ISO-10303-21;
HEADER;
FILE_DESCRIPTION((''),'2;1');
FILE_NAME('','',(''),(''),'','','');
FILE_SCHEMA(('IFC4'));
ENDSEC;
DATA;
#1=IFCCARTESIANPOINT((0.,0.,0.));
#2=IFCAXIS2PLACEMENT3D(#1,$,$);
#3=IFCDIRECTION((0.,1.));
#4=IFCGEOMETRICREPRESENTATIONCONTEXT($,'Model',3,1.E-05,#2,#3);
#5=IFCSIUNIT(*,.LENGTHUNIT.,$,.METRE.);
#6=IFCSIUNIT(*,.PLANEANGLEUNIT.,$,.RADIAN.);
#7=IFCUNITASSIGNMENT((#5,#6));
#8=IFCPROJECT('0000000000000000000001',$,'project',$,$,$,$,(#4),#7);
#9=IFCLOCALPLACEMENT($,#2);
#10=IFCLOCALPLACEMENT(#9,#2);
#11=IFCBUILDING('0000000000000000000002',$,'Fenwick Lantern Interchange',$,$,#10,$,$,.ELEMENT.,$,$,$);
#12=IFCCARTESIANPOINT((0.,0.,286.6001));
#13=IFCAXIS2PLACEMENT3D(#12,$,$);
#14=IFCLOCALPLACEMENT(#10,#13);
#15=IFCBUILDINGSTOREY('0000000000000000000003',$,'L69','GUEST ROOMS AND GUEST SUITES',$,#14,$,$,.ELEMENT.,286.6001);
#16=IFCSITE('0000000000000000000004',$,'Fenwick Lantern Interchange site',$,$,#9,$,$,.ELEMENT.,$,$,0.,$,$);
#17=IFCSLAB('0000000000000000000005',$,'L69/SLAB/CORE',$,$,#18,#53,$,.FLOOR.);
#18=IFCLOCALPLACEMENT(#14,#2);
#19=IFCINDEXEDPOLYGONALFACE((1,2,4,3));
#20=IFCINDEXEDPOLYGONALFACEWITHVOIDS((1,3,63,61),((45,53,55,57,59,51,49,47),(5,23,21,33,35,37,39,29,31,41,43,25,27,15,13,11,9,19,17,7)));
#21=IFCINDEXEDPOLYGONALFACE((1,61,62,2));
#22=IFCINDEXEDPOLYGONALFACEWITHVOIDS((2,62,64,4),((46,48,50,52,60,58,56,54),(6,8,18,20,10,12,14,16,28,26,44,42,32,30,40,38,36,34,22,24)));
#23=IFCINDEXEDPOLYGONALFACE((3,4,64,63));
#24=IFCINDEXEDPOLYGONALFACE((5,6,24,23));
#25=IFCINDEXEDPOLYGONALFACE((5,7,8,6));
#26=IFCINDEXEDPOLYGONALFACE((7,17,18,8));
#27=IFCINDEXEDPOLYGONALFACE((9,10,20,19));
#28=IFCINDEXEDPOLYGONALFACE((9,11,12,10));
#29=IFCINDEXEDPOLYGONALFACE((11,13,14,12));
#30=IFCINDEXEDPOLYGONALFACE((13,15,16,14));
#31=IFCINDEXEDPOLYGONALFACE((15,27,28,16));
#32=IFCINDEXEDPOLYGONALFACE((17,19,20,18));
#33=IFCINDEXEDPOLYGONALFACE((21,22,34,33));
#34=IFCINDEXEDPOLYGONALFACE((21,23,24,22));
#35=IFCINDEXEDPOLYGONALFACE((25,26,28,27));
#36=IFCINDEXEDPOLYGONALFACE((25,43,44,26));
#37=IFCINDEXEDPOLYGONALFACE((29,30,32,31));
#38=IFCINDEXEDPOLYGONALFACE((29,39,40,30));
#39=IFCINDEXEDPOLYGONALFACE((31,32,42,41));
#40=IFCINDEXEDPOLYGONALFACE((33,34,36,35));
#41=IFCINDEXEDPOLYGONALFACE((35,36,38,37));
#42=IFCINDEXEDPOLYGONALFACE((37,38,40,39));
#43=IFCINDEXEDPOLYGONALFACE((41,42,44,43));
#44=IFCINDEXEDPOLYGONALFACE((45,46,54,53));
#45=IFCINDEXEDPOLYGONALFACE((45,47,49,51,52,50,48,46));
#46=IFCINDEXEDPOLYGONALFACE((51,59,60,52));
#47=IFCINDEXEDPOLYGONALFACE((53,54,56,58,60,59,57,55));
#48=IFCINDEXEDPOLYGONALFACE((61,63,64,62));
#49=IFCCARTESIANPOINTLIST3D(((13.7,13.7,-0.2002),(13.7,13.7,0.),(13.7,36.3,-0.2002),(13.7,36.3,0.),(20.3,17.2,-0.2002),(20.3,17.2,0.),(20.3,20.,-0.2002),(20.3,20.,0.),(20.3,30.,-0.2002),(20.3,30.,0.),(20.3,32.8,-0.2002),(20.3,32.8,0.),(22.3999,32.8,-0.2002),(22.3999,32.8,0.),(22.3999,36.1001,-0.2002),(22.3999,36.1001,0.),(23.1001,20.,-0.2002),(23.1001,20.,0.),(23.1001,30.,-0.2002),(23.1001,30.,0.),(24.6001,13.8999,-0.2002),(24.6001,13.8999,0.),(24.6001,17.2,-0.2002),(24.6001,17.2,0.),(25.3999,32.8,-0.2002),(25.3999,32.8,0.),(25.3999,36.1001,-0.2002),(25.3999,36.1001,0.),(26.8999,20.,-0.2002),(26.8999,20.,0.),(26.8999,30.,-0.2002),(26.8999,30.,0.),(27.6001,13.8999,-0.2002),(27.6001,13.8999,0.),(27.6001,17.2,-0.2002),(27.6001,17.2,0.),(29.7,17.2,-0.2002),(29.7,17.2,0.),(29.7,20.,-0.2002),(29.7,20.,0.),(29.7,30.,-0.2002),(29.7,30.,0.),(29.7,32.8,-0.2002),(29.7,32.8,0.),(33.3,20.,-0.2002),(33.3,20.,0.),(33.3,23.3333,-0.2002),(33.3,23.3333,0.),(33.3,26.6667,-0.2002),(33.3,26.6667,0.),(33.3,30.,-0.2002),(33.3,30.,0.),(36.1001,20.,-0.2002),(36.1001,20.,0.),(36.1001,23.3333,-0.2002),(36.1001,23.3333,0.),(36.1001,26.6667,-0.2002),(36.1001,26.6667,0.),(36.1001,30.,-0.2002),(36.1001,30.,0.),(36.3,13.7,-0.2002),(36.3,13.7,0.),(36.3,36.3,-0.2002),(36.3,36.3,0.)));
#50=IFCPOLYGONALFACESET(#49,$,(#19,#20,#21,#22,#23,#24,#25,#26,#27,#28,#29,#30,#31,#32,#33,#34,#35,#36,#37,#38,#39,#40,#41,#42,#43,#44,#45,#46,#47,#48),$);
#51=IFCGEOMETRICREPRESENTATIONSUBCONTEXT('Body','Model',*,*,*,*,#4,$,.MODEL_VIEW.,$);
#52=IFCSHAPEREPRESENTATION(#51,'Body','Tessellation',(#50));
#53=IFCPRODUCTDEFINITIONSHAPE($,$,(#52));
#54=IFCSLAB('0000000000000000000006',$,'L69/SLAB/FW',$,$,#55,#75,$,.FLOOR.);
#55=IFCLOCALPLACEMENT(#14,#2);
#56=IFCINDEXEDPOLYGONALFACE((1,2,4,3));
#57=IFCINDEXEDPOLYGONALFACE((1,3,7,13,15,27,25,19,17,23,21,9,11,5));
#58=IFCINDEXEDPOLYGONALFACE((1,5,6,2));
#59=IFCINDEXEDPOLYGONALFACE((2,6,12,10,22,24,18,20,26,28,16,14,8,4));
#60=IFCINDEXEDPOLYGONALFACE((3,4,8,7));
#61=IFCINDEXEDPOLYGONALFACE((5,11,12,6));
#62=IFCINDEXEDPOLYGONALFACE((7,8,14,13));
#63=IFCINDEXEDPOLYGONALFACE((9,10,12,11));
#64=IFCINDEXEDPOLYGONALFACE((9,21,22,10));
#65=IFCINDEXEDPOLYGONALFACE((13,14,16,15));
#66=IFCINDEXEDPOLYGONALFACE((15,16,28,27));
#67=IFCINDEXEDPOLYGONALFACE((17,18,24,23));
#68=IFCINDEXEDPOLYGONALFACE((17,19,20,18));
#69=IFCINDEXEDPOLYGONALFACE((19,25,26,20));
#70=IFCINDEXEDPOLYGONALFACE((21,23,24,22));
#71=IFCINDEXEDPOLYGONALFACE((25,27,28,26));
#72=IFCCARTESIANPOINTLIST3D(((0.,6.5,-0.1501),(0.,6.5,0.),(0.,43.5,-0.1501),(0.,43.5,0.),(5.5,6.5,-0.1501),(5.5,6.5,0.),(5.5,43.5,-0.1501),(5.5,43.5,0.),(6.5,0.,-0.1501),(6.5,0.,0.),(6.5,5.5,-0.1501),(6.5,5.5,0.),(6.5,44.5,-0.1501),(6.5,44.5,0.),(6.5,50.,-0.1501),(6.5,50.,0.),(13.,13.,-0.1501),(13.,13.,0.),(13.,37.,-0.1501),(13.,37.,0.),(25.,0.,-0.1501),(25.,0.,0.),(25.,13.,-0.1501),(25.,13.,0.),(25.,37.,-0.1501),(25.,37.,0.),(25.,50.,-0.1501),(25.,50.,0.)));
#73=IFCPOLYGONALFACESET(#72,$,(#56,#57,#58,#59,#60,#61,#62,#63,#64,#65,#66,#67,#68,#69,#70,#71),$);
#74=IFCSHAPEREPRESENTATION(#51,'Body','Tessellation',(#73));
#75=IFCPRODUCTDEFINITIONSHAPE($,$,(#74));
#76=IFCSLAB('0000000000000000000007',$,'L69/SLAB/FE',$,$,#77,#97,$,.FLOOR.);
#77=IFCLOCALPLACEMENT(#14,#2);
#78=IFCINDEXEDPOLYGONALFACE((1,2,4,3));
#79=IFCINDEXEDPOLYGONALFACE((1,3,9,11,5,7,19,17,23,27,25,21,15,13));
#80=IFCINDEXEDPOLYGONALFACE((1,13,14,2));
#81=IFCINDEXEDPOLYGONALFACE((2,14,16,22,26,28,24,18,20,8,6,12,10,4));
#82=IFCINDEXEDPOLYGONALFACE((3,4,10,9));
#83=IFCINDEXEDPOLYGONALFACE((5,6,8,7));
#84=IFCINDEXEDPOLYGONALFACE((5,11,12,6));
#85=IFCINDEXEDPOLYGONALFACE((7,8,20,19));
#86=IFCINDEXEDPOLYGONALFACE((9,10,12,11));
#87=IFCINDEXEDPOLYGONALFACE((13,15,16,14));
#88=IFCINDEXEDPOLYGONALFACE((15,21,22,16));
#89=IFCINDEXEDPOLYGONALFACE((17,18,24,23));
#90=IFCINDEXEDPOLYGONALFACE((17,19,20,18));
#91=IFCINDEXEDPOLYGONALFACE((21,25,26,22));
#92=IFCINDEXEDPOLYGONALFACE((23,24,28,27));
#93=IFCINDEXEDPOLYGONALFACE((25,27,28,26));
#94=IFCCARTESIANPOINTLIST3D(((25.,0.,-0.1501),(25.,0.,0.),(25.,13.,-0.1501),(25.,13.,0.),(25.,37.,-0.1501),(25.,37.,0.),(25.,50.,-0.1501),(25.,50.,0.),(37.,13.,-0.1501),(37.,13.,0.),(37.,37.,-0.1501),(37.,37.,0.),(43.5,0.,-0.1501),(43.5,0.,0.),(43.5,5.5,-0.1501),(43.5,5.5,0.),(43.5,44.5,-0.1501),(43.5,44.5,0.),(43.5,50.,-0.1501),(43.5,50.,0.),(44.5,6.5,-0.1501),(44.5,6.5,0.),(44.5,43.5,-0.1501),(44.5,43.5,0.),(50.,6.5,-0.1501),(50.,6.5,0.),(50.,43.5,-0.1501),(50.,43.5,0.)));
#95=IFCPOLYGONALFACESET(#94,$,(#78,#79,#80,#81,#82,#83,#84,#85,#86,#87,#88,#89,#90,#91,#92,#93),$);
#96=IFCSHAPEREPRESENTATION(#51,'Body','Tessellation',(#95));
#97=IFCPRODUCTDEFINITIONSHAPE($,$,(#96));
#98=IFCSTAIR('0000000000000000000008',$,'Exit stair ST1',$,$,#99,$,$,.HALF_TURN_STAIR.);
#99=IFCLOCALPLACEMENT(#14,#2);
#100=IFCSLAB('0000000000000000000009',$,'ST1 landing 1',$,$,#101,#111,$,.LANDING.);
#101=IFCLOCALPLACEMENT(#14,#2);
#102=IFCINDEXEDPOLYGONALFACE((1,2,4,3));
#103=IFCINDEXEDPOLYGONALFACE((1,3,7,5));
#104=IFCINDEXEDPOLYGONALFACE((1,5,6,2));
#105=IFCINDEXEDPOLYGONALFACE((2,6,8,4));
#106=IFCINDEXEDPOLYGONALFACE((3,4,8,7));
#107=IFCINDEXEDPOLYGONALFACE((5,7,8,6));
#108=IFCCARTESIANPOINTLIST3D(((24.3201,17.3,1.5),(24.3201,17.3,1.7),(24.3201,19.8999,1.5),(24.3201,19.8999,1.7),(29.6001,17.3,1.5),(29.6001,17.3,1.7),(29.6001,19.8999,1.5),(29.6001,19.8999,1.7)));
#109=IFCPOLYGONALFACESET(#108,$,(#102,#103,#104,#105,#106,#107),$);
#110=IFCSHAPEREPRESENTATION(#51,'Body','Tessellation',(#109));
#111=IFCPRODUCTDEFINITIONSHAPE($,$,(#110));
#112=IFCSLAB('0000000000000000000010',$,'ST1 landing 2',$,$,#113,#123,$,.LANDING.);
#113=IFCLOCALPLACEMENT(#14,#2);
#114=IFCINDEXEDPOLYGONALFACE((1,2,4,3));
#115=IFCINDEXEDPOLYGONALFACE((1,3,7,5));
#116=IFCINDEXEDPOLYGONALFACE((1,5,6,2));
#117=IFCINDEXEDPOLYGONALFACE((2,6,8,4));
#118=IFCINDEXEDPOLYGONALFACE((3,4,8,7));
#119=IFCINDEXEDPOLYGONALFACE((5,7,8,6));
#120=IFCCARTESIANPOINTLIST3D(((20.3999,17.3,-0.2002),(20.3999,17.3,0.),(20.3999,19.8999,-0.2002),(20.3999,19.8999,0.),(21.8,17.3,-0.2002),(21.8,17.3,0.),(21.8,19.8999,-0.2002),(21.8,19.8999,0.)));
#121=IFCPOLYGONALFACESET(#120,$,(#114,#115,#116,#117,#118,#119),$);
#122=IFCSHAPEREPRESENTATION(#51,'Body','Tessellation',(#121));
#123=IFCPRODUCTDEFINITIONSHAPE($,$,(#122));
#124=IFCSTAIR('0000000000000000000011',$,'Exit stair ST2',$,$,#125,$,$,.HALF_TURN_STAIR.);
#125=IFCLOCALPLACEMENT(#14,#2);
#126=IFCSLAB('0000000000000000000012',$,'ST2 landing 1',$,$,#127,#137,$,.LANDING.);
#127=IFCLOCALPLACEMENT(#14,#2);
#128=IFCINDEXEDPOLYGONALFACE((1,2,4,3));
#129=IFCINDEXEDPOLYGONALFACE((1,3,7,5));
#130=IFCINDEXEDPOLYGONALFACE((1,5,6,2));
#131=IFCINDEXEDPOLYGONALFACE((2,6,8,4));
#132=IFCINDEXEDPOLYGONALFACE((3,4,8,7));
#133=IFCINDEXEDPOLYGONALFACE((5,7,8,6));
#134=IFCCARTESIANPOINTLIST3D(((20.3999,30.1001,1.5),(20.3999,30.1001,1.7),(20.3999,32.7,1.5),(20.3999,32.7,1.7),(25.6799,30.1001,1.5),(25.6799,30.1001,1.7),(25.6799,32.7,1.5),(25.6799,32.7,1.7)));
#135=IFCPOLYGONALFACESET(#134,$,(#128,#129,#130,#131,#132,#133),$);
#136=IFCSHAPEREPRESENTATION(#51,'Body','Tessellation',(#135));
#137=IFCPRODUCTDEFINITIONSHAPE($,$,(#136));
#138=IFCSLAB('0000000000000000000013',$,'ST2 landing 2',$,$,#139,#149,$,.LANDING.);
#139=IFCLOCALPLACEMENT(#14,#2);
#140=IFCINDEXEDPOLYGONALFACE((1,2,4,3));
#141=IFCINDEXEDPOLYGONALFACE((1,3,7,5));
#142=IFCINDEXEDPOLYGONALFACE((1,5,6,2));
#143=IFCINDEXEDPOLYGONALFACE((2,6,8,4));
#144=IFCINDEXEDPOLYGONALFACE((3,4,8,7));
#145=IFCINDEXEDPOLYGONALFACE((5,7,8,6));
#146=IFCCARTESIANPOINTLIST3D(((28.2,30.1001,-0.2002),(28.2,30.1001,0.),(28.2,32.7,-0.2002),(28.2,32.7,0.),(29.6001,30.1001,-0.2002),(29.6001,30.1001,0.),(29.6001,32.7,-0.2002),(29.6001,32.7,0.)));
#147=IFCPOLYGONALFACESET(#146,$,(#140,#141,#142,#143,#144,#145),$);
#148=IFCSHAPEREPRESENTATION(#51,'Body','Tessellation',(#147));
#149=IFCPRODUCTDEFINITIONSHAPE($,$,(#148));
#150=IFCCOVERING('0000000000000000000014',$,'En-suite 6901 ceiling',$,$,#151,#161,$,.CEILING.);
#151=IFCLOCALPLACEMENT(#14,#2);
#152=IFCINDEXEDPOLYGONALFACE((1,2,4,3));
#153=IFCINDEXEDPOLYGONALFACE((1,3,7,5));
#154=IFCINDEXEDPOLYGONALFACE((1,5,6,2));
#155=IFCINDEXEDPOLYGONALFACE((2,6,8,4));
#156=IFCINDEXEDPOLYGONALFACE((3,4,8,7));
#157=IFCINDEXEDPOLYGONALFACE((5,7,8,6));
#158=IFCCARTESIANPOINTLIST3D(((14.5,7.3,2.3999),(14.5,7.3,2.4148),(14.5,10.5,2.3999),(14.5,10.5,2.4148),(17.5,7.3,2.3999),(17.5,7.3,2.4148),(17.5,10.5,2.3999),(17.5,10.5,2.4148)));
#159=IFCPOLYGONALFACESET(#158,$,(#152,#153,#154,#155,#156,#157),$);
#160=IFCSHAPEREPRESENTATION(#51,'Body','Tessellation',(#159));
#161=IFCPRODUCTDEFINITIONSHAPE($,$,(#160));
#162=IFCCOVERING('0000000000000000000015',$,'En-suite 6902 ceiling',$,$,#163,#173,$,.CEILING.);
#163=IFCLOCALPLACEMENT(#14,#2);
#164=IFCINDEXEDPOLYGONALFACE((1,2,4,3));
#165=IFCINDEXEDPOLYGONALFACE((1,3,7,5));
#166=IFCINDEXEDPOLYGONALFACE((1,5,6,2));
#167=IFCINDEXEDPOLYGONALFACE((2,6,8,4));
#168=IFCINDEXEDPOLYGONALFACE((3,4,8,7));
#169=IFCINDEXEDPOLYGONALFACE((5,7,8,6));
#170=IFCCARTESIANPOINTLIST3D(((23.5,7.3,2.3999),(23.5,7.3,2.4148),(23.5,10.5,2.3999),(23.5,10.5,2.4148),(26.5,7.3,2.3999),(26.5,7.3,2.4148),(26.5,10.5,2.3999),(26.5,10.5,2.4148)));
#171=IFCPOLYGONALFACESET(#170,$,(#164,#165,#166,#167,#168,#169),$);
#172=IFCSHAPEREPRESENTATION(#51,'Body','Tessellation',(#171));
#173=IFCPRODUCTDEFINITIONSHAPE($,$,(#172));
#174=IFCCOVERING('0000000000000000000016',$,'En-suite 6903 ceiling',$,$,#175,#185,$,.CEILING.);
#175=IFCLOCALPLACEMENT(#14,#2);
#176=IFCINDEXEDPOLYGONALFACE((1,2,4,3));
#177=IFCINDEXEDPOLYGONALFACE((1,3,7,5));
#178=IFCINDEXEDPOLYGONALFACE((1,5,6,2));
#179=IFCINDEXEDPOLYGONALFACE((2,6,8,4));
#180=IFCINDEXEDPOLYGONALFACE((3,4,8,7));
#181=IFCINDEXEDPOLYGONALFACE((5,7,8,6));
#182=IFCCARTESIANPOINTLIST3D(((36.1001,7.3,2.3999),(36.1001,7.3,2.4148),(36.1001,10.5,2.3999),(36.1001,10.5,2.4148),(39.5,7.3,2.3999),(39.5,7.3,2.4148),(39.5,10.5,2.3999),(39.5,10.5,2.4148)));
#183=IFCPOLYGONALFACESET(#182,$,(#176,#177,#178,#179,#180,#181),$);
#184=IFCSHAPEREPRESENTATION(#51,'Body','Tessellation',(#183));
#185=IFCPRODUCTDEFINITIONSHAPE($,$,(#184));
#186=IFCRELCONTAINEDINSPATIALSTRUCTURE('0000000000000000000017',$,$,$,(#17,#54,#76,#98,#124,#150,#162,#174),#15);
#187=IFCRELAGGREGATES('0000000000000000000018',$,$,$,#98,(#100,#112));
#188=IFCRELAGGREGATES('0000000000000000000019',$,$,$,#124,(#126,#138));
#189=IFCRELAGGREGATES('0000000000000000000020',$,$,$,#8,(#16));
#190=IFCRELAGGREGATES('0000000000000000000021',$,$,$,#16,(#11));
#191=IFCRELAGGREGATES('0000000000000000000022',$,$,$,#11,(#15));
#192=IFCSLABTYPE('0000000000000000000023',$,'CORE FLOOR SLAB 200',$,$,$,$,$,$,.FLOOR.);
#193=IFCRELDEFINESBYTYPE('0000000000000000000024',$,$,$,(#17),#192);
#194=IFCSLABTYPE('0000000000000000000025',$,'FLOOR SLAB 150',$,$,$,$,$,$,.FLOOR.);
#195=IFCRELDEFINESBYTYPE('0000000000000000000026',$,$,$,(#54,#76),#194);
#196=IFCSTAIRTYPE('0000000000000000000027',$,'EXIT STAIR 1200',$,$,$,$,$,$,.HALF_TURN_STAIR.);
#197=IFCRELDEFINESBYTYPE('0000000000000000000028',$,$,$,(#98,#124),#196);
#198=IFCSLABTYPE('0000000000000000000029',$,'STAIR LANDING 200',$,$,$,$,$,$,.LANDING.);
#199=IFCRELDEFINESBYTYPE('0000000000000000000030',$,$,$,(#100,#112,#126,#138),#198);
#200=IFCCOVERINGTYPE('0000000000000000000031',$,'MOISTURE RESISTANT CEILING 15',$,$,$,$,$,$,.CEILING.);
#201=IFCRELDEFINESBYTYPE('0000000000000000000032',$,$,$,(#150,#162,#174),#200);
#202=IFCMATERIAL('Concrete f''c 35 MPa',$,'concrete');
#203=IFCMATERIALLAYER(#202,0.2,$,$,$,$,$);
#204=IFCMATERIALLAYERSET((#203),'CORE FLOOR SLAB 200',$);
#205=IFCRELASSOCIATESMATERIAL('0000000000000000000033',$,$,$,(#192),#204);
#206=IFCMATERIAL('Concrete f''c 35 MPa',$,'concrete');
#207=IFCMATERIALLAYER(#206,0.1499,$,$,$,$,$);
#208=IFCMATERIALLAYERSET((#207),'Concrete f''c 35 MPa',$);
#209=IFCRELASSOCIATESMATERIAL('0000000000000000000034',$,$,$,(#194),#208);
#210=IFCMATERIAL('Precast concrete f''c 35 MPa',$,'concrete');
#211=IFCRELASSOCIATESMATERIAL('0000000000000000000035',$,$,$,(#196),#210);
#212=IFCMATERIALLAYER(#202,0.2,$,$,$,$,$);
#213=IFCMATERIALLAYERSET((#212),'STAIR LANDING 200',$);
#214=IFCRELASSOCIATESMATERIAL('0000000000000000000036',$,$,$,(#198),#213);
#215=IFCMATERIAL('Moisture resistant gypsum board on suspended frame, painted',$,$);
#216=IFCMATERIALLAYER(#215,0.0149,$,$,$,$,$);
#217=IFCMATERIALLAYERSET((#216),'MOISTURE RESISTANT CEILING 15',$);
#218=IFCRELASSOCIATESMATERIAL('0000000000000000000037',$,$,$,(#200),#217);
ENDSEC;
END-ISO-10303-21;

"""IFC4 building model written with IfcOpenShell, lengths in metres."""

from ifc_helpers import new_model, si_unit, direction, frame, origin, place, context, subcontext, project, spatial, polyline, outline, extrude, material, layer, layer_set, type_object, element, aggregate, save


model = new_model("IFC4")

# Units and contexts
model_context = context("Model", 3, precision=1e-05, world=origin(), true_north=direction((0.0, 1.0)))
body_context = subcontext(model_context, "Body", "Model", "MODEL_VIEW")
ifc_project = project(units=[si_unit("LENGTHUNIT", "METRE"), si_unit("PLANEANGLEUNIT", "RADIAN")], contexts=[model_context])

# Site, building, storey
site_placement = place(None, origin())
site = spatial("IfcSite", under=ifc_project, at=site_placement, Name="Fenwick Lantern Interchange site", CompositionType="ELEMENT", RefElevation=0.0)
building_placement = place(site_placement, origin())
building = spatial("IfcBuilding", under=site, at=building_placement, Name="Fenwick Lantern Interchange", CompositionType="ELEMENT")
storey_placement = place(building_placement, frame((0.0, 0.0, 286.6001)))
storey = spatial("IfcBuildingStorey", under=building, at=storey_placement, Name="L69", Description="GUEST ROOMS AND GUEST SUITES", CompositionType="ELEMENT", Elevation=286.6001)

# Slabs
ifc_material_1 = material(Name="Concrete f'c 35 MPa", Category="concrete")
ifc_layer_1 = layer(ifc_material_1, 0.2)
ifc_layer_set_1 = layer_set([ifc_layer_1], Name="CORE FLOOR SLAB 200")
slab_type_1 = type_object("IfcSlabType", Name="CORE FLOOR SLAB 200", PredefinedType="FLOOR", material=ifc_layer_set_1)
slab_1_placement = place(storey_placement, frame((0.0, 0.0, -0.2002)))
element("IfcSlab", 1, at=slab_1_placement, inside=storey, type_object=slab_type_1, Name="L69/SLAB/CORE", PredefinedType="FLOOR", context=body_context, shape_type="SweptSolid", body=[
    extrude(outline(polyline([(13.7, 36.3), (36.3, 36.3), (36.3, 13.7), (13.7, 13.7), (13.7, 36.3)]), holes=[polyline([(24.6001, 13.8999), (27.6001, 13.8999), (27.6001, 17.2), (29.7, 17.2), (29.7, 20.0), (26.8999, 20.0), (26.8999, 30.0), (29.7, 30.0), (29.7, 32.8), (25.3999, 32.8), (25.3999, 36.1001), (22.3999, 36.1001), (22.3999, 32.8), (20.3, 32.8), (20.3, 30.0), (23.1001, 30.0), (23.1001, 20.0), (20.3, 20.0), (20.3, 17.2), (24.6001, 17.2), (24.6001, 13.8999)]), polyline([(33.3, 20.0), (36.1001, 20.0), (36.1001, 23.3333), (36.1001, 26.6667), (36.1001, 30.0), (33.3, 30.0), (33.3, 26.6667), (33.3, 23.3333), (33.3, 20.0)])]), origin(), (0.0, 0.0, 1.0), 0.2002),
])
ifc_material_2 = material(Name="Concrete f'c 35 MPa", Category="concrete")
ifc_layer_2 = layer(ifc_material_2, 0.1499)
ifc_layer_set_2 = layer_set([ifc_layer_2], Name="Concrete f'c 35 MPa")
slab_type_2 = type_object("IfcSlabType", Name="FLOOR SLAB 150", PredefinedType="FLOOR", material=ifc_layer_set_2)
slab_2_placement = place(storey_placement, frame((0.0, 0.0, -0.1501)))
element("IfcSlab", 2, at=slab_2_placement, inside=storey, type_object=slab_type_2, Name="L69/SLAB/FW", PredefinedType="FLOOR", context=body_context, shape_type="SweptSolid", body=[
    extrude(outline(polyline([(6.5, 0.0), (6.5, 5.5), (5.5, 6.5), (0.0, 6.5), (0.0, 43.5), (5.5, 43.5), (6.5, 44.5), (6.5, 50.0), (25.0, 50.0), (25.0, 37.0), (13.0, 37.0), (13.0, 13.0), (25.0, 13.0), (25.0, 0.0), (6.5, 0.0)])), origin(), (0.0, 0.0, 1.0), 0.1501),
])
slab_3_placement = place(storey_placement, frame((0.0, 0.0, -0.1501)))
element("IfcSlab", 3, at=slab_3_placement, inside=storey, type_object=slab_type_2, Name="L69/SLAB/FE", PredefinedType="FLOOR", context=body_context, shape_type="SweptSolid", body=[
    extrude(outline(polyline([(43.5, 50.0), (43.5, 44.5), (44.5, 43.5), (50.0, 43.5), (50.0, 6.5), (44.5, 6.5), (43.5, 5.5), (43.5, 0.0), (25.0, 0.0), (25.0, 13.0), (37.0, 13.0), (37.0, 37.0), (25.0, 37.0), (25.0, 50.0), (43.5, 50.0)])), origin(), (0.0, 0.0, 1.0), 0.1501),
])

# Stairs, slabs
ifc_material_3 = material(Name="Precast concrete f'c 35 MPa", Category="concrete")
stair_type = type_object("IfcStairType", Name="EXIT STAIR 1200", PredefinedType="HALF_TURN_STAIR", material=ifc_material_3)
stair_1_placement = place(storey_placement, origin())
stair_1 = element("IfcStair", 4, at=stair_1_placement, inside=storey, type_object=stair_type, Name="Exit stair ST1", PredefinedType="HALF_TURN_STAIR")
ifc_layer_3 = layer(ifc_material_1, 0.2)
ifc_layer_set_3 = layer_set([ifc_layer_3], Name="STAIR LANDING 200")
slab_type_3 = type_object("IfcSlabType", Name="STAIR LANDING 200", PredefinedType="LANDING", material=ifc_layer_set_3)
slab_4_placement = place(storey_placement, frame((0.0, 0.0, 1.5)))
slab_4 = element("IfcSlab", 5, at=slab_4_placement, type_object=slab_type_3, Name="ST1 landing 1", PredefinedType="LANDING", context=body_context, shape_type="SweptSolid", body=[
    extrude(outline(polyline([(24.3201, 17.3), (29.6001, 17.3), (29.6001, 19.8999), (24.3201, 19.8999), (24.3201, 17.3)])), origin(), (0.0, 0.0, 1.0), 0.2),
])
slab_5_placement = place(storey_placement, frame((0.0, 0.0, -0.2002)))
slab_5 = element("IfcSlab", 6, at=slab_5_placement, type_object=slab_type_3, Name="ST1 landing 2", PredefinedType="LANDING", context=body_context, shape_type="SweptSolid", body=[
    extrude(outline(polyline([(20.3999, 17.3), (21.8, 17.3), (21.8, 19.8999), (20.3999, 19.8999), (20.3999, 17.3)])), origin(), (0.0, 0.0, 1.0), 0.2002),
])
aggregate(stair_1, [slab_4, slab_5])
stair_2_placement = place(storey_placement, origin())
stair_2 = element("IfcStair", 7, at=stair_2_placement, inside=storey, type_object=stair_type, Name="Exit stair ST2", PredefinedType="HALF_TURN_STAIR")
slab_6_placement = place(storey_placement, frame((0.0, 0.0, 1.5)))
slab_6 = element("IfcSlab", 8, at=slab_6_placement, type_object=slab_type_3, Name="ST2 landing 1", PredefinedType="LANDING", context=body_context, shape_type="SweptSolid", body=[
    extrude(outline(polyline([(25.6799, 32.7), (20.3999, 32.7), (20.3999, 30.1001), (25.6799, 30.1001), (25.6799, 32.7)])), origin(), (0.0, 0.0, 1.0), 0.2),
])
slab_7_placement = place(storey_placement, frame((0.0, 0.0, -0.2002)))
slab_7 = element("IfcSlab", 9, at=slab_7_placement, type_object=slab_type_3, Name="ST2 landing 2", PredefinedType="LANDING", context=body_context, shape_type="SweptSolid", body=[
    extrude(outline(polyline([(29.6001, 32.7), (28.2, 32.7), (28.2, 30.1001), (29.6001, 30.1001), (29.6001, 32.7)])), origin(), (0.0, 0.0, 1.0), 0.2002),
])
aggregate(stair_2, [slab_6, slab_7])

# Coverings
ifc_material_4 = material(Name="Moisture resistant gypsum board on suspended frame, painted")
ifc_layer_4 = layer(ifc_material_4, 0.0149)
ifc_layer_set_4 = layer_set([ifc_layer_4], Name="MOISTURE RESISTANT CEILING 15")
covering_type_1 = type_object("IfcCoveringType", Name="MOISTURE RESISTANT CEILING 15", PredefinedType="CEILING", material=ifc_layer_set_4)
covering_1_placement = place(storey_placement, frame((0.0, 0.0, 2.3999)))
element("IfcCovering", 10, at=covering_1_placement, inside=storey, type_object=covering_type_1, Name="En-suite 6901 ceiling", PredefinedType="CEILING", context=body_context, shape_type="SweptSolid", body=[
    extrude(outline(polyline([(14.5, 7.3), (17.5, 7.3), (17.5, 10.5), (14.5, 10.5), (14.5, 7.3)])), origin(), (0.0, 0.0, 1.0), 0.0149),
])
covering_2_placement = place(storey_placement, frame((0.0, 0.0, 2.3999)))
element("IfcCovering", 11, at=covering_2_placement, inside=storey, type_object=covering_type_1, Name="En-suite 6902 ceiling", PredefinedType="CEILING", context=body_context, shape_type="SweptSolid", body=[
    extrude(outline(polyline([(23.5, 7.3), (26.5, 7.3), (26.5, 10.5), (23.5, 10.5), (23.5, 7.3)])), origin(), (0.0, 0.0, 1.0), 0.0149),
])
covering_3_placement = place(storey_placement, frame((0.0, 0.0, 2.3999)))
element("IfcCovering", 12, at=covering_3_placement, inside=storey, type_object=covering_type_1, Name="En-suite 6903 ceiling", PredefinedType="CEILING", context=body_context, shape_type="SweptSolid", body=[
    extrude(outline(polyline([(36.1001, 7.3), (39.5, 7.3), (39.5, 10.5), (36.1001, 10.5), (36.1001, 7.3)])), origin(), (0.0, 0.0, 1.0), 0.0149),
])

save(model, "model.ifc")
